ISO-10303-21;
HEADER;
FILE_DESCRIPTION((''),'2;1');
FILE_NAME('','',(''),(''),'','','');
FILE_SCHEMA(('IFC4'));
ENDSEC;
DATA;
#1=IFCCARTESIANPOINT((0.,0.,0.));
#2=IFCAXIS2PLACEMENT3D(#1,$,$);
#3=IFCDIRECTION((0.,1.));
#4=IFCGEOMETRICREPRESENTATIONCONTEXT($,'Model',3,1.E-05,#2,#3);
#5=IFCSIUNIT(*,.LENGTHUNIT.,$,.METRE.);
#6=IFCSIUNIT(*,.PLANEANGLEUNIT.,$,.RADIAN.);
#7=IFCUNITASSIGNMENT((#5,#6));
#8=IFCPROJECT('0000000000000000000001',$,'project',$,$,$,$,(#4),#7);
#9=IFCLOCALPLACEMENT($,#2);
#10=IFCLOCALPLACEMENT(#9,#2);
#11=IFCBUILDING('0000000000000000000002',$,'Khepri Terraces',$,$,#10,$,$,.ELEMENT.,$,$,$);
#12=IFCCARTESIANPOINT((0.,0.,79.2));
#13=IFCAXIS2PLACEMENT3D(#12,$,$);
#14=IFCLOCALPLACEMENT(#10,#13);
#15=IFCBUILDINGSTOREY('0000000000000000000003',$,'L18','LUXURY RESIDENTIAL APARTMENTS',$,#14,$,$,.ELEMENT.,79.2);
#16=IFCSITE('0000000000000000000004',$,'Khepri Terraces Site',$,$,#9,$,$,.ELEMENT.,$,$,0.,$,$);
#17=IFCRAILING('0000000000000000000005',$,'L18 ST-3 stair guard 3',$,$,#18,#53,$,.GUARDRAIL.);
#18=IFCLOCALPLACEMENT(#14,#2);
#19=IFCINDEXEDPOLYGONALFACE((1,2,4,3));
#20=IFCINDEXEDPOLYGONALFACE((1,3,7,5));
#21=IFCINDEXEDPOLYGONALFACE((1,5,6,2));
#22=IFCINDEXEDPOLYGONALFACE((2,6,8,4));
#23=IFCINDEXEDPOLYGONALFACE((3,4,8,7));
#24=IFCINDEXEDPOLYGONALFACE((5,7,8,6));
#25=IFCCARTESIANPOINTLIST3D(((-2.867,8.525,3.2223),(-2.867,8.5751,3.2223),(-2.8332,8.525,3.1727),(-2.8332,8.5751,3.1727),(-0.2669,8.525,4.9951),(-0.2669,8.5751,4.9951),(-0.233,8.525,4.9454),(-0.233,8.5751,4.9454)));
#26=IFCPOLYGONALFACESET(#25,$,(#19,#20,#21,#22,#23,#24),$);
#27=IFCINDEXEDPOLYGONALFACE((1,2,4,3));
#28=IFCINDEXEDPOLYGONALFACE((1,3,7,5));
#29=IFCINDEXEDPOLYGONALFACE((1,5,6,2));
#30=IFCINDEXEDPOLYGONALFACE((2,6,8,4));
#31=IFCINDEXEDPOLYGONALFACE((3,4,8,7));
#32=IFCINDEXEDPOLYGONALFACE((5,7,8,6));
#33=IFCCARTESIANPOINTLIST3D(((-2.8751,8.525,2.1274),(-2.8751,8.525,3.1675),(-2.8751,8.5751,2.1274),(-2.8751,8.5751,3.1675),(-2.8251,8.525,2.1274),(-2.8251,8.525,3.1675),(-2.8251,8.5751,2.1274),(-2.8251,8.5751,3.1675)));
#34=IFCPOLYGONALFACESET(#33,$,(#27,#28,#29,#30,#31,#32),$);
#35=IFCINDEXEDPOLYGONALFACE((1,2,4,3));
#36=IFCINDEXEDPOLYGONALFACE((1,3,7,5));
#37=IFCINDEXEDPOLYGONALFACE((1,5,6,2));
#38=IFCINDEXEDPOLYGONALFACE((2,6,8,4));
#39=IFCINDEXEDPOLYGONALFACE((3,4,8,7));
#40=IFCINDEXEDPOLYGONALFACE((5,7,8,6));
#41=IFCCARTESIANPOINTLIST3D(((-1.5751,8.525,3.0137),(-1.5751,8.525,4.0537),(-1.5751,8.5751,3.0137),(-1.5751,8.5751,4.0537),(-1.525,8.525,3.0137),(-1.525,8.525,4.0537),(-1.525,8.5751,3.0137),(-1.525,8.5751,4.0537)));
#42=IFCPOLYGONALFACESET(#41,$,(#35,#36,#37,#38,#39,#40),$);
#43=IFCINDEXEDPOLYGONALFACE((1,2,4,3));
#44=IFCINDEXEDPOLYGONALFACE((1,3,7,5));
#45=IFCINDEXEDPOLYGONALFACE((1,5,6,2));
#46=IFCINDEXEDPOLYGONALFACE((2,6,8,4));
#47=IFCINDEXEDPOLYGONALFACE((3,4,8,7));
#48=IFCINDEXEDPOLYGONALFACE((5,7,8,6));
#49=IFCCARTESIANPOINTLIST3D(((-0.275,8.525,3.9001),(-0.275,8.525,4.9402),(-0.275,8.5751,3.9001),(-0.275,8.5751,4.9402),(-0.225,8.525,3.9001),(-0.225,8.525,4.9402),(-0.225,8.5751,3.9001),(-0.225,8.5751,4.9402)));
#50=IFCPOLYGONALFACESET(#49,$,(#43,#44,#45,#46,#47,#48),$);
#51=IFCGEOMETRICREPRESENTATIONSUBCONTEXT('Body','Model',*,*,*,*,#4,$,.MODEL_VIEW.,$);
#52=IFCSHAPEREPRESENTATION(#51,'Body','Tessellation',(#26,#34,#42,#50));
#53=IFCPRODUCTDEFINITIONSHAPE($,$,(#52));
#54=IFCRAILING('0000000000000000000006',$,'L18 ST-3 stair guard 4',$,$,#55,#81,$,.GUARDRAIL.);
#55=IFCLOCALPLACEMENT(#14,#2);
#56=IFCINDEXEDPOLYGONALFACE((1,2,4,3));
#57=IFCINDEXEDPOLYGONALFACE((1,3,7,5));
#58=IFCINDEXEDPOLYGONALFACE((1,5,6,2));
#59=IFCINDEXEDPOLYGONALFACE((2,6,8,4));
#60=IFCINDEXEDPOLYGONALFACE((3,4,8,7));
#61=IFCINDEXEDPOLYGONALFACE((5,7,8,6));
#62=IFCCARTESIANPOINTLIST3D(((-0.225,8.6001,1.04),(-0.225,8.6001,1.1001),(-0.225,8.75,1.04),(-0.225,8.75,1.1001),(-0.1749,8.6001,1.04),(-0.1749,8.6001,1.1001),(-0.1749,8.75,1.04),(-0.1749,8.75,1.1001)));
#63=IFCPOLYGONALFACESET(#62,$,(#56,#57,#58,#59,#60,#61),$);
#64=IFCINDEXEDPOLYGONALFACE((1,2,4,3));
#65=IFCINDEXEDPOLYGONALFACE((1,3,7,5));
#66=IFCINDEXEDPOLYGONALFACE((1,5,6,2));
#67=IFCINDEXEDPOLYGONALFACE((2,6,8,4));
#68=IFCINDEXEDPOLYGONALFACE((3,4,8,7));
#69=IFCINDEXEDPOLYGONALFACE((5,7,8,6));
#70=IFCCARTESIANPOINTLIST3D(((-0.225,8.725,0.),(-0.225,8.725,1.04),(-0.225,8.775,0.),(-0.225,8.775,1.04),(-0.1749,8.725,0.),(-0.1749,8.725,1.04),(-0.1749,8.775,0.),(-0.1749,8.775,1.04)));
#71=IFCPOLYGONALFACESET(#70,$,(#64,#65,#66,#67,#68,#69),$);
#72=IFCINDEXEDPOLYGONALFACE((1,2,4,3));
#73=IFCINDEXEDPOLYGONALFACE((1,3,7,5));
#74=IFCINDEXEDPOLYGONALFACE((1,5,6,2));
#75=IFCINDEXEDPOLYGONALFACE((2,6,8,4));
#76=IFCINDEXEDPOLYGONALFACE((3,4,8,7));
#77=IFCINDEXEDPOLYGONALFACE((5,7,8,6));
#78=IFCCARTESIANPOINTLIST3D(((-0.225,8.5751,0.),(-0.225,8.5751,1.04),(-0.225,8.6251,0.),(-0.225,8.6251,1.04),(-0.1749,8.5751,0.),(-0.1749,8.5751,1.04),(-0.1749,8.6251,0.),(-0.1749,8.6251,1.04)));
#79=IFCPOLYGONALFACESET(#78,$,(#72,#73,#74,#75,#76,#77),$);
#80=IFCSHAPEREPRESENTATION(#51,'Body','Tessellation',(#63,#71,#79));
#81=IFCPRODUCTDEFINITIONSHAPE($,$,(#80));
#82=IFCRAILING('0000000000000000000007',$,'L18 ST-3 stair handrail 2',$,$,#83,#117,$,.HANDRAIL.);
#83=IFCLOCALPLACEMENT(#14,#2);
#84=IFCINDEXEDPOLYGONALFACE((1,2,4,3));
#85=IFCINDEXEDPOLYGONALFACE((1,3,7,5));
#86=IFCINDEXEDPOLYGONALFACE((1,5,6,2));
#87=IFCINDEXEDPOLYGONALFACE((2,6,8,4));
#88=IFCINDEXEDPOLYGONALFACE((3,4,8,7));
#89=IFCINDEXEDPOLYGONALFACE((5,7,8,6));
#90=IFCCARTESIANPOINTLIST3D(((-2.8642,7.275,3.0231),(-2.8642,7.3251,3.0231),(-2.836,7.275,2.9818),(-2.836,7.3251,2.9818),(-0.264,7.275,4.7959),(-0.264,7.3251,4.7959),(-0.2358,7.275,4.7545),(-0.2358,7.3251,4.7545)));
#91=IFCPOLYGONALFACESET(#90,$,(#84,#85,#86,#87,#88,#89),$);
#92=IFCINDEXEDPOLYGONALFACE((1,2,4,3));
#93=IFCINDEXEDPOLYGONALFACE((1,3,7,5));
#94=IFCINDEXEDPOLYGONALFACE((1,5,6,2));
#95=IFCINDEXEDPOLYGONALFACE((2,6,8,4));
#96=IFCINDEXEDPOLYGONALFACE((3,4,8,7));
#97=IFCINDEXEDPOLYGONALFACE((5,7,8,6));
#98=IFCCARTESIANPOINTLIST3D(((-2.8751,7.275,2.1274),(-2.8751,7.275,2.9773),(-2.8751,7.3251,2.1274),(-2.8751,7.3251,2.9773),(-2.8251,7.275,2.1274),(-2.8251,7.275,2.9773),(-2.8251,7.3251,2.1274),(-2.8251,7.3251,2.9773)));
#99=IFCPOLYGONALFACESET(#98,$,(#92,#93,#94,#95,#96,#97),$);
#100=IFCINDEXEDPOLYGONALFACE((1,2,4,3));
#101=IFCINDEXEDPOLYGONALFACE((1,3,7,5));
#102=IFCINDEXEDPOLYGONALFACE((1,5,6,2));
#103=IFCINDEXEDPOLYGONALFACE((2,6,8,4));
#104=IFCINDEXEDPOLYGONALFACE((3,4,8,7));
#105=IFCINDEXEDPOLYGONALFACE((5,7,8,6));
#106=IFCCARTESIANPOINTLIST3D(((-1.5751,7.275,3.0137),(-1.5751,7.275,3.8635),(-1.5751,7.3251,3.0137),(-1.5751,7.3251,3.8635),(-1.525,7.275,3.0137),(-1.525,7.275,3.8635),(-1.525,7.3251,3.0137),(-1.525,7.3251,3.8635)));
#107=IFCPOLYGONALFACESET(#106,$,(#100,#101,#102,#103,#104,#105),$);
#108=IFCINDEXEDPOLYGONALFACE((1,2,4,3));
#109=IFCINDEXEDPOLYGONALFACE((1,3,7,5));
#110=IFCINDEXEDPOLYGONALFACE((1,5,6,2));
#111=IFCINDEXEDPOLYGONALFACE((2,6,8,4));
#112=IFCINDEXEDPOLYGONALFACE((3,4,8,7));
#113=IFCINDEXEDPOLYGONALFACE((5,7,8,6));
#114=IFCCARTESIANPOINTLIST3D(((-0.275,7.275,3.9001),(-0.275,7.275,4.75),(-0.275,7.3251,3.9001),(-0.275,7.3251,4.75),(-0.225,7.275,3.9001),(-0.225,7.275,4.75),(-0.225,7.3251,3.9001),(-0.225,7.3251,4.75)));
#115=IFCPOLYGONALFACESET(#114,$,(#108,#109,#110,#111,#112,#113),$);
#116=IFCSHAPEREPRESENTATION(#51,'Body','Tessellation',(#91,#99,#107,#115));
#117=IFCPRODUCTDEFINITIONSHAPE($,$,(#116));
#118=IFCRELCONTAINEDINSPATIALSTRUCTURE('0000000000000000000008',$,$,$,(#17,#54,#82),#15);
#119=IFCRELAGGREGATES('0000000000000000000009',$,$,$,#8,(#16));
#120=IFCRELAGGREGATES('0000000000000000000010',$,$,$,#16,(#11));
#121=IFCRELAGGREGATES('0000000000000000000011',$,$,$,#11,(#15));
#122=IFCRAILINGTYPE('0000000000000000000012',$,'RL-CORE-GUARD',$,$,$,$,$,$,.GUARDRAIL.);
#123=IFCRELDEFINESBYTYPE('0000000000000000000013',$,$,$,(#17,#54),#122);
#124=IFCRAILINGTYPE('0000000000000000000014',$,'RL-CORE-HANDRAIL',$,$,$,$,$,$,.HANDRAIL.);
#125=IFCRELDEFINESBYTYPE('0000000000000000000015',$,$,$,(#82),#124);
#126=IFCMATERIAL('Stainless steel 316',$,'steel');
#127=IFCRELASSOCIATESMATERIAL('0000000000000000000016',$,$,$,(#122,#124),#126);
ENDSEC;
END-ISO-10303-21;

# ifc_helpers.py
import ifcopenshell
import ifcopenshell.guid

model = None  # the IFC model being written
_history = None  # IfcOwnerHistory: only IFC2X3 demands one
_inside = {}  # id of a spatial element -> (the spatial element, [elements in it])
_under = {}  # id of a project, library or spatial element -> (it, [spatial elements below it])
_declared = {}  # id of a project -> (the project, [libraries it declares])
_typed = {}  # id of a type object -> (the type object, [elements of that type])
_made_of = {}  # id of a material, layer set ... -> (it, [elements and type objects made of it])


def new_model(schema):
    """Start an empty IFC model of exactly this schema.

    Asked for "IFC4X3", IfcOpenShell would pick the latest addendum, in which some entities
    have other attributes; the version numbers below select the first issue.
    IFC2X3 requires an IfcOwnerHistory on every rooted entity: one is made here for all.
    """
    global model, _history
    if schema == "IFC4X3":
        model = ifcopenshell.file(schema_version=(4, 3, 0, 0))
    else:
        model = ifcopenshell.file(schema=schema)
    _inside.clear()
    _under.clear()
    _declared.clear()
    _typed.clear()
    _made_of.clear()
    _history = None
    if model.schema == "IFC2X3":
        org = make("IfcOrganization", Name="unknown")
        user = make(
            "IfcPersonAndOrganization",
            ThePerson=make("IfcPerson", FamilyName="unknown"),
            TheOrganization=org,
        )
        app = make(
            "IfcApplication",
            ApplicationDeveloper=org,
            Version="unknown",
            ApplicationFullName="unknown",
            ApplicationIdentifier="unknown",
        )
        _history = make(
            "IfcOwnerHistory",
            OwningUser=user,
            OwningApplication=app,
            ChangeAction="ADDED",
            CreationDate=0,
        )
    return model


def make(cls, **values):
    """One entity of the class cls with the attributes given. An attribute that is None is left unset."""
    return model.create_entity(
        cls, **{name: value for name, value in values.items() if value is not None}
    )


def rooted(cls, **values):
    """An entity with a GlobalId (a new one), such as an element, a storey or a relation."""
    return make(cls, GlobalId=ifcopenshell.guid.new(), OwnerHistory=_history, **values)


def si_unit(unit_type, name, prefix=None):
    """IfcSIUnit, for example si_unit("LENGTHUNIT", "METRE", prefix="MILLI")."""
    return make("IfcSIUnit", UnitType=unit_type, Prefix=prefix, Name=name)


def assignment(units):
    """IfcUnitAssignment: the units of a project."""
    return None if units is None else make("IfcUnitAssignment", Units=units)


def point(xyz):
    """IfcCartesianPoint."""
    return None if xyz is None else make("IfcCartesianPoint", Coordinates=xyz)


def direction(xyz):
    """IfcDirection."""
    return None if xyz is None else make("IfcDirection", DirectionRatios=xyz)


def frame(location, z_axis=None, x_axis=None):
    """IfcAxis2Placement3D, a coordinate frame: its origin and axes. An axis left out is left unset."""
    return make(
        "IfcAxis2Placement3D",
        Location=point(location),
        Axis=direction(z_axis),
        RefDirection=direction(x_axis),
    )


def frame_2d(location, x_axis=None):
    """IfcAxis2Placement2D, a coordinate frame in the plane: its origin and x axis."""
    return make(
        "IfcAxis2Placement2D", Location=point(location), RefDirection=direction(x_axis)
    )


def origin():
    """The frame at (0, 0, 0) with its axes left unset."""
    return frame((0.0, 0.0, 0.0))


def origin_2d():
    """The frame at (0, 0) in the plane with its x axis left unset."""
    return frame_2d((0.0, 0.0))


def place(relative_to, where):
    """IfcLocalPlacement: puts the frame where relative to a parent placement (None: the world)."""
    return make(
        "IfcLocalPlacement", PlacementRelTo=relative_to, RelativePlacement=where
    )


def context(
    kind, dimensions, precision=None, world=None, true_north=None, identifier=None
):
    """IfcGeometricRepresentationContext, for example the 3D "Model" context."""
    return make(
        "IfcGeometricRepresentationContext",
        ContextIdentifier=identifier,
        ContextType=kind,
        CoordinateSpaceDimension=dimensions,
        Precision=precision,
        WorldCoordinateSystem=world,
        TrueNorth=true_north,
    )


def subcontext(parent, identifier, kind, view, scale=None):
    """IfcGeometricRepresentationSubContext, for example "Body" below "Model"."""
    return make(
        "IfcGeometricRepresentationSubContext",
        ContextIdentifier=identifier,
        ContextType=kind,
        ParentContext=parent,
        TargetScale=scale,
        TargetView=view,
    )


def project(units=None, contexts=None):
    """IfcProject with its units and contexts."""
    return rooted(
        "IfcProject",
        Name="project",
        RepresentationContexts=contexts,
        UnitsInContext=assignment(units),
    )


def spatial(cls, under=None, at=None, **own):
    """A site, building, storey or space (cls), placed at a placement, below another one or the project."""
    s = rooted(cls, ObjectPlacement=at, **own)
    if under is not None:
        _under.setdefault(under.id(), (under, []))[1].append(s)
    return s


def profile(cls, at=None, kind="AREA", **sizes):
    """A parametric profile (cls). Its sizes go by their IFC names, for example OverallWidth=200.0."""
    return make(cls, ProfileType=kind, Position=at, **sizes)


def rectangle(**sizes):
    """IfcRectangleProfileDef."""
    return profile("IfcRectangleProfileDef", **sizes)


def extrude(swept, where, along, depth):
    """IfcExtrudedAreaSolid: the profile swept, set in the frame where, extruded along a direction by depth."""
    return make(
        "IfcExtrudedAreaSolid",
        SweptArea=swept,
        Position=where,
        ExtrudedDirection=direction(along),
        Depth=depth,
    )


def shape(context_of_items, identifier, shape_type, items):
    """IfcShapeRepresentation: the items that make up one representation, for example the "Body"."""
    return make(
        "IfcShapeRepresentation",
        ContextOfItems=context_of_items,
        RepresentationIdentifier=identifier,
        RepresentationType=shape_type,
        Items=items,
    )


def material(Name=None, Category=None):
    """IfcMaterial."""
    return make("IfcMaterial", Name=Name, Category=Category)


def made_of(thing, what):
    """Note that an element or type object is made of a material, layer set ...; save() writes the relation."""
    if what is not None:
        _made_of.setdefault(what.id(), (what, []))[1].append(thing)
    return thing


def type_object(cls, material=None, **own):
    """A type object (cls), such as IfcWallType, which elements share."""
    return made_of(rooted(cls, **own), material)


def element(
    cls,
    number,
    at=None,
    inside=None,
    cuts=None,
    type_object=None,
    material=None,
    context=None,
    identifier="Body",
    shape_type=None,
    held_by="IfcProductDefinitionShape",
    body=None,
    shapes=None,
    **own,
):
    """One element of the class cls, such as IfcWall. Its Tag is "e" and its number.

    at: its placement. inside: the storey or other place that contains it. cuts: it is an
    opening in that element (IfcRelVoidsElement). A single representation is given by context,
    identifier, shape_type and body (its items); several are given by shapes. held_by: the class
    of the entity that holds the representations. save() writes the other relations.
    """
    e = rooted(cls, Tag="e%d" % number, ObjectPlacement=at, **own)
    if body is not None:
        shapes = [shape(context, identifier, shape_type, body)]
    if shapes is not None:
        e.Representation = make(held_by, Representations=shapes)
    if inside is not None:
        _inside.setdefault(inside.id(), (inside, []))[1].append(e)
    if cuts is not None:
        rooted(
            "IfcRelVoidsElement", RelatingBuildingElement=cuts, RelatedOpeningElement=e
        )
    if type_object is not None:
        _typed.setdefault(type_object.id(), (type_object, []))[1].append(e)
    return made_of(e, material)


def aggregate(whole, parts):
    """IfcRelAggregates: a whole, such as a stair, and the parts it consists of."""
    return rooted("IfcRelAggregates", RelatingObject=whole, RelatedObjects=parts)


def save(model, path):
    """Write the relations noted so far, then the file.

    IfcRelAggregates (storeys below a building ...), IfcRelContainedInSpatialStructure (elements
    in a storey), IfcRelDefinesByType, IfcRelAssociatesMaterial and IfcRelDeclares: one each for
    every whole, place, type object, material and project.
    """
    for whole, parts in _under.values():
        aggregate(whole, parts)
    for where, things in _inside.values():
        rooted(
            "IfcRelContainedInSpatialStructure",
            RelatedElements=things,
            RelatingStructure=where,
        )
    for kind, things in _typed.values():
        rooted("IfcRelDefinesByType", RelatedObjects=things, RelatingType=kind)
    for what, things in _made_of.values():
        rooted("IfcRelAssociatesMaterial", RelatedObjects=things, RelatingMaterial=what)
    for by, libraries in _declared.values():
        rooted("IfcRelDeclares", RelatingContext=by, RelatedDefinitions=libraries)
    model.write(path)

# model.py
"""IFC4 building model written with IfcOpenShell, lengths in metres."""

from ifc_helpers import new_model, si_unit, direction, frame, origin, origin_2d, place, context, subcontext, project, spatial, rectangle, extrude, material, type_object, element, save


model = new_model("IFC4")

# Units and contexts
model_context = context("Model", 3, precision=1e-05, world=origin(), true_north=direction((0.0, 1.0)))
body_context = subcontext(model_context, "Body", "Model", "MODEL_VIEW")
ifc_project = project(units=[si_unit("LENGTHUNIT", "METRE"), si_unit("PLANEANGLEUNIT", "RADIAN")], contexts=[model_context])

# Site, building, storey
site_placement = place(None, origin())
site = spatial("IfcSite", under=ifc_project, at=site_placement, Name="Khepri Terraces Site", CompositionType="ELEMENT", RefElevation=0.0)
building_placement = place(site_placement, origin())
building = spatial("IfcBuilding", under=site, at=building_placement, Name="Khepri Terraces", CompositionType="ELEMENT")
storey_placement = place(building_placement, frame((0.0, 0.0, 79.2)))
storey = spatial("IfcBuildingStorey", under=building, at=storey_placement, Name="L18", Description="LUXURY RESIDENTIAL APARTMENTS", CompositionType="ELEMENT", Elevation=79.2)

# Railings
ifc_material_1 = material(Name="Stainless steel 316", Category="steel")
railing_type_1 = type_object("IfcRailingType", Name="RL-CORE-GUARD", PredefinedType="GUARDRAIL", material=ifc_material_1)
railing_1_placement = place(storey_placement, frame((-2.8501, 8.55, 2.1274)))
element("IfcRailing", 1, at=railing_1_placement, inside=storey, type_object=railing_type_1, Name="L18 ST-3 stair guard 3", PredefinedType="GUARDRAIL", context=body_context, shape_type="SweptSolid", body=[
    extrude(rectangle(XDim=0.05, YDim=0.0601, at=origin_2d()), frame((0.0, 0.0, 1.0701), z_axis=(0.82624, 0.0, 0.563318), x_axis=(0.0, 1.0, 0.0)), (0.0, 0.0, 1.0), 3.147),
    extrude(rectangle(XDim=0.05, YDim=0.05, at=origin_2d()), origin(), (0.0, 0.0, 1.0), 1.04),
    extrude(rectangle(XDim=0.05, YDim=0.05, at=origin_2d()), frame((1.3, 0.0, 0.8862)), (0.0, 0.0, 1.0), 1.04),
    extrude(rectangle(XDim=0.05, YDim=0.05, at=origin_2d()), frame((2.6001, 0.0, 1.7727)), (0.0, 0.0, 1.0), 1.04),
])
railing_2_placement = place(storey_placement, frame((-0.2, 8.75, 0.0)))
element("IfcRailing", 2, at=railing_2_placement, inside=storey, type_object=railing_type_1, Name="L18 ST-3 stair guard 4", PredefinedType="GUARDRAIL", context=body_context, shape_type="SweptSolid", body=[
    extrude(rectangle(XDim=0.05, YDim=0.0601, at=origin_2d()), frame((0.0, 0.0, 1.0701), z_axis=(0.0, -1.0, 0.0), x_axis=(1.0, 0.0, 0.0)), (0.0, 0.0, 1.0), 0.1499),
    extrude(rectangle(XDim=0.05, YDim=0.05, at=origin_2d()), origin(), (0.0, 0.0, 1.0), 1.04),
    extrude(rectangle(XDim=0.05, YDim=0.05, at=origin_2d()), frame((0.0, -0.1499, 0.0)), (0.0, 0.0, 1.0), 1.04),
])
railing_type_2 = type_object("IfcRailingType", Name="RL-CORE-HANDRAIL", PredefinedType="HANDRAIL", material=ifc_material_1)
railing_3_placement = place(storey_placement, frame((-2.8501, 7.3, 2.1274)))
element("IfcRailing", 3, at=railing_3_placement, inside=storey, type_object=railing_type_2, Name="L18 ST-3 stair handrail 2", PredefinedType="HANDRAIL", context=body_context, shape_type="SweptSolid", body=[
    extrude(rectangle(XDim=0.05, YDim=0.05, at=origin_2d()), frame((0.0, 0.0, 0.875), z_axis=(0.82624, 0.0, 0.563318), x_axis=(0.0, 1.0, 0.0)), (0.0, 0.0, 1.0), 3.147),
    extrude(rectangle(XDim=0.05, YDim=0.05, at=origin_2d()), origin(), (0.0, 0.0, 1.0), 0.8499),
    extrude(rectangle(XDim=0.05, YDim=0.05, at=origin_2d()), frame((1.3, 0.0, 0.8862)), (0.0, 0.0, 1.0), 0.8499),
    extrude(rectangle(XDim=0.05, YDim=0.05, at=origin_2d()), frame((2.6001, 0.0, 1.7727)), (0.0, 0.0, 1.0), 0.8499),
])

save(model, "model.ifc")
